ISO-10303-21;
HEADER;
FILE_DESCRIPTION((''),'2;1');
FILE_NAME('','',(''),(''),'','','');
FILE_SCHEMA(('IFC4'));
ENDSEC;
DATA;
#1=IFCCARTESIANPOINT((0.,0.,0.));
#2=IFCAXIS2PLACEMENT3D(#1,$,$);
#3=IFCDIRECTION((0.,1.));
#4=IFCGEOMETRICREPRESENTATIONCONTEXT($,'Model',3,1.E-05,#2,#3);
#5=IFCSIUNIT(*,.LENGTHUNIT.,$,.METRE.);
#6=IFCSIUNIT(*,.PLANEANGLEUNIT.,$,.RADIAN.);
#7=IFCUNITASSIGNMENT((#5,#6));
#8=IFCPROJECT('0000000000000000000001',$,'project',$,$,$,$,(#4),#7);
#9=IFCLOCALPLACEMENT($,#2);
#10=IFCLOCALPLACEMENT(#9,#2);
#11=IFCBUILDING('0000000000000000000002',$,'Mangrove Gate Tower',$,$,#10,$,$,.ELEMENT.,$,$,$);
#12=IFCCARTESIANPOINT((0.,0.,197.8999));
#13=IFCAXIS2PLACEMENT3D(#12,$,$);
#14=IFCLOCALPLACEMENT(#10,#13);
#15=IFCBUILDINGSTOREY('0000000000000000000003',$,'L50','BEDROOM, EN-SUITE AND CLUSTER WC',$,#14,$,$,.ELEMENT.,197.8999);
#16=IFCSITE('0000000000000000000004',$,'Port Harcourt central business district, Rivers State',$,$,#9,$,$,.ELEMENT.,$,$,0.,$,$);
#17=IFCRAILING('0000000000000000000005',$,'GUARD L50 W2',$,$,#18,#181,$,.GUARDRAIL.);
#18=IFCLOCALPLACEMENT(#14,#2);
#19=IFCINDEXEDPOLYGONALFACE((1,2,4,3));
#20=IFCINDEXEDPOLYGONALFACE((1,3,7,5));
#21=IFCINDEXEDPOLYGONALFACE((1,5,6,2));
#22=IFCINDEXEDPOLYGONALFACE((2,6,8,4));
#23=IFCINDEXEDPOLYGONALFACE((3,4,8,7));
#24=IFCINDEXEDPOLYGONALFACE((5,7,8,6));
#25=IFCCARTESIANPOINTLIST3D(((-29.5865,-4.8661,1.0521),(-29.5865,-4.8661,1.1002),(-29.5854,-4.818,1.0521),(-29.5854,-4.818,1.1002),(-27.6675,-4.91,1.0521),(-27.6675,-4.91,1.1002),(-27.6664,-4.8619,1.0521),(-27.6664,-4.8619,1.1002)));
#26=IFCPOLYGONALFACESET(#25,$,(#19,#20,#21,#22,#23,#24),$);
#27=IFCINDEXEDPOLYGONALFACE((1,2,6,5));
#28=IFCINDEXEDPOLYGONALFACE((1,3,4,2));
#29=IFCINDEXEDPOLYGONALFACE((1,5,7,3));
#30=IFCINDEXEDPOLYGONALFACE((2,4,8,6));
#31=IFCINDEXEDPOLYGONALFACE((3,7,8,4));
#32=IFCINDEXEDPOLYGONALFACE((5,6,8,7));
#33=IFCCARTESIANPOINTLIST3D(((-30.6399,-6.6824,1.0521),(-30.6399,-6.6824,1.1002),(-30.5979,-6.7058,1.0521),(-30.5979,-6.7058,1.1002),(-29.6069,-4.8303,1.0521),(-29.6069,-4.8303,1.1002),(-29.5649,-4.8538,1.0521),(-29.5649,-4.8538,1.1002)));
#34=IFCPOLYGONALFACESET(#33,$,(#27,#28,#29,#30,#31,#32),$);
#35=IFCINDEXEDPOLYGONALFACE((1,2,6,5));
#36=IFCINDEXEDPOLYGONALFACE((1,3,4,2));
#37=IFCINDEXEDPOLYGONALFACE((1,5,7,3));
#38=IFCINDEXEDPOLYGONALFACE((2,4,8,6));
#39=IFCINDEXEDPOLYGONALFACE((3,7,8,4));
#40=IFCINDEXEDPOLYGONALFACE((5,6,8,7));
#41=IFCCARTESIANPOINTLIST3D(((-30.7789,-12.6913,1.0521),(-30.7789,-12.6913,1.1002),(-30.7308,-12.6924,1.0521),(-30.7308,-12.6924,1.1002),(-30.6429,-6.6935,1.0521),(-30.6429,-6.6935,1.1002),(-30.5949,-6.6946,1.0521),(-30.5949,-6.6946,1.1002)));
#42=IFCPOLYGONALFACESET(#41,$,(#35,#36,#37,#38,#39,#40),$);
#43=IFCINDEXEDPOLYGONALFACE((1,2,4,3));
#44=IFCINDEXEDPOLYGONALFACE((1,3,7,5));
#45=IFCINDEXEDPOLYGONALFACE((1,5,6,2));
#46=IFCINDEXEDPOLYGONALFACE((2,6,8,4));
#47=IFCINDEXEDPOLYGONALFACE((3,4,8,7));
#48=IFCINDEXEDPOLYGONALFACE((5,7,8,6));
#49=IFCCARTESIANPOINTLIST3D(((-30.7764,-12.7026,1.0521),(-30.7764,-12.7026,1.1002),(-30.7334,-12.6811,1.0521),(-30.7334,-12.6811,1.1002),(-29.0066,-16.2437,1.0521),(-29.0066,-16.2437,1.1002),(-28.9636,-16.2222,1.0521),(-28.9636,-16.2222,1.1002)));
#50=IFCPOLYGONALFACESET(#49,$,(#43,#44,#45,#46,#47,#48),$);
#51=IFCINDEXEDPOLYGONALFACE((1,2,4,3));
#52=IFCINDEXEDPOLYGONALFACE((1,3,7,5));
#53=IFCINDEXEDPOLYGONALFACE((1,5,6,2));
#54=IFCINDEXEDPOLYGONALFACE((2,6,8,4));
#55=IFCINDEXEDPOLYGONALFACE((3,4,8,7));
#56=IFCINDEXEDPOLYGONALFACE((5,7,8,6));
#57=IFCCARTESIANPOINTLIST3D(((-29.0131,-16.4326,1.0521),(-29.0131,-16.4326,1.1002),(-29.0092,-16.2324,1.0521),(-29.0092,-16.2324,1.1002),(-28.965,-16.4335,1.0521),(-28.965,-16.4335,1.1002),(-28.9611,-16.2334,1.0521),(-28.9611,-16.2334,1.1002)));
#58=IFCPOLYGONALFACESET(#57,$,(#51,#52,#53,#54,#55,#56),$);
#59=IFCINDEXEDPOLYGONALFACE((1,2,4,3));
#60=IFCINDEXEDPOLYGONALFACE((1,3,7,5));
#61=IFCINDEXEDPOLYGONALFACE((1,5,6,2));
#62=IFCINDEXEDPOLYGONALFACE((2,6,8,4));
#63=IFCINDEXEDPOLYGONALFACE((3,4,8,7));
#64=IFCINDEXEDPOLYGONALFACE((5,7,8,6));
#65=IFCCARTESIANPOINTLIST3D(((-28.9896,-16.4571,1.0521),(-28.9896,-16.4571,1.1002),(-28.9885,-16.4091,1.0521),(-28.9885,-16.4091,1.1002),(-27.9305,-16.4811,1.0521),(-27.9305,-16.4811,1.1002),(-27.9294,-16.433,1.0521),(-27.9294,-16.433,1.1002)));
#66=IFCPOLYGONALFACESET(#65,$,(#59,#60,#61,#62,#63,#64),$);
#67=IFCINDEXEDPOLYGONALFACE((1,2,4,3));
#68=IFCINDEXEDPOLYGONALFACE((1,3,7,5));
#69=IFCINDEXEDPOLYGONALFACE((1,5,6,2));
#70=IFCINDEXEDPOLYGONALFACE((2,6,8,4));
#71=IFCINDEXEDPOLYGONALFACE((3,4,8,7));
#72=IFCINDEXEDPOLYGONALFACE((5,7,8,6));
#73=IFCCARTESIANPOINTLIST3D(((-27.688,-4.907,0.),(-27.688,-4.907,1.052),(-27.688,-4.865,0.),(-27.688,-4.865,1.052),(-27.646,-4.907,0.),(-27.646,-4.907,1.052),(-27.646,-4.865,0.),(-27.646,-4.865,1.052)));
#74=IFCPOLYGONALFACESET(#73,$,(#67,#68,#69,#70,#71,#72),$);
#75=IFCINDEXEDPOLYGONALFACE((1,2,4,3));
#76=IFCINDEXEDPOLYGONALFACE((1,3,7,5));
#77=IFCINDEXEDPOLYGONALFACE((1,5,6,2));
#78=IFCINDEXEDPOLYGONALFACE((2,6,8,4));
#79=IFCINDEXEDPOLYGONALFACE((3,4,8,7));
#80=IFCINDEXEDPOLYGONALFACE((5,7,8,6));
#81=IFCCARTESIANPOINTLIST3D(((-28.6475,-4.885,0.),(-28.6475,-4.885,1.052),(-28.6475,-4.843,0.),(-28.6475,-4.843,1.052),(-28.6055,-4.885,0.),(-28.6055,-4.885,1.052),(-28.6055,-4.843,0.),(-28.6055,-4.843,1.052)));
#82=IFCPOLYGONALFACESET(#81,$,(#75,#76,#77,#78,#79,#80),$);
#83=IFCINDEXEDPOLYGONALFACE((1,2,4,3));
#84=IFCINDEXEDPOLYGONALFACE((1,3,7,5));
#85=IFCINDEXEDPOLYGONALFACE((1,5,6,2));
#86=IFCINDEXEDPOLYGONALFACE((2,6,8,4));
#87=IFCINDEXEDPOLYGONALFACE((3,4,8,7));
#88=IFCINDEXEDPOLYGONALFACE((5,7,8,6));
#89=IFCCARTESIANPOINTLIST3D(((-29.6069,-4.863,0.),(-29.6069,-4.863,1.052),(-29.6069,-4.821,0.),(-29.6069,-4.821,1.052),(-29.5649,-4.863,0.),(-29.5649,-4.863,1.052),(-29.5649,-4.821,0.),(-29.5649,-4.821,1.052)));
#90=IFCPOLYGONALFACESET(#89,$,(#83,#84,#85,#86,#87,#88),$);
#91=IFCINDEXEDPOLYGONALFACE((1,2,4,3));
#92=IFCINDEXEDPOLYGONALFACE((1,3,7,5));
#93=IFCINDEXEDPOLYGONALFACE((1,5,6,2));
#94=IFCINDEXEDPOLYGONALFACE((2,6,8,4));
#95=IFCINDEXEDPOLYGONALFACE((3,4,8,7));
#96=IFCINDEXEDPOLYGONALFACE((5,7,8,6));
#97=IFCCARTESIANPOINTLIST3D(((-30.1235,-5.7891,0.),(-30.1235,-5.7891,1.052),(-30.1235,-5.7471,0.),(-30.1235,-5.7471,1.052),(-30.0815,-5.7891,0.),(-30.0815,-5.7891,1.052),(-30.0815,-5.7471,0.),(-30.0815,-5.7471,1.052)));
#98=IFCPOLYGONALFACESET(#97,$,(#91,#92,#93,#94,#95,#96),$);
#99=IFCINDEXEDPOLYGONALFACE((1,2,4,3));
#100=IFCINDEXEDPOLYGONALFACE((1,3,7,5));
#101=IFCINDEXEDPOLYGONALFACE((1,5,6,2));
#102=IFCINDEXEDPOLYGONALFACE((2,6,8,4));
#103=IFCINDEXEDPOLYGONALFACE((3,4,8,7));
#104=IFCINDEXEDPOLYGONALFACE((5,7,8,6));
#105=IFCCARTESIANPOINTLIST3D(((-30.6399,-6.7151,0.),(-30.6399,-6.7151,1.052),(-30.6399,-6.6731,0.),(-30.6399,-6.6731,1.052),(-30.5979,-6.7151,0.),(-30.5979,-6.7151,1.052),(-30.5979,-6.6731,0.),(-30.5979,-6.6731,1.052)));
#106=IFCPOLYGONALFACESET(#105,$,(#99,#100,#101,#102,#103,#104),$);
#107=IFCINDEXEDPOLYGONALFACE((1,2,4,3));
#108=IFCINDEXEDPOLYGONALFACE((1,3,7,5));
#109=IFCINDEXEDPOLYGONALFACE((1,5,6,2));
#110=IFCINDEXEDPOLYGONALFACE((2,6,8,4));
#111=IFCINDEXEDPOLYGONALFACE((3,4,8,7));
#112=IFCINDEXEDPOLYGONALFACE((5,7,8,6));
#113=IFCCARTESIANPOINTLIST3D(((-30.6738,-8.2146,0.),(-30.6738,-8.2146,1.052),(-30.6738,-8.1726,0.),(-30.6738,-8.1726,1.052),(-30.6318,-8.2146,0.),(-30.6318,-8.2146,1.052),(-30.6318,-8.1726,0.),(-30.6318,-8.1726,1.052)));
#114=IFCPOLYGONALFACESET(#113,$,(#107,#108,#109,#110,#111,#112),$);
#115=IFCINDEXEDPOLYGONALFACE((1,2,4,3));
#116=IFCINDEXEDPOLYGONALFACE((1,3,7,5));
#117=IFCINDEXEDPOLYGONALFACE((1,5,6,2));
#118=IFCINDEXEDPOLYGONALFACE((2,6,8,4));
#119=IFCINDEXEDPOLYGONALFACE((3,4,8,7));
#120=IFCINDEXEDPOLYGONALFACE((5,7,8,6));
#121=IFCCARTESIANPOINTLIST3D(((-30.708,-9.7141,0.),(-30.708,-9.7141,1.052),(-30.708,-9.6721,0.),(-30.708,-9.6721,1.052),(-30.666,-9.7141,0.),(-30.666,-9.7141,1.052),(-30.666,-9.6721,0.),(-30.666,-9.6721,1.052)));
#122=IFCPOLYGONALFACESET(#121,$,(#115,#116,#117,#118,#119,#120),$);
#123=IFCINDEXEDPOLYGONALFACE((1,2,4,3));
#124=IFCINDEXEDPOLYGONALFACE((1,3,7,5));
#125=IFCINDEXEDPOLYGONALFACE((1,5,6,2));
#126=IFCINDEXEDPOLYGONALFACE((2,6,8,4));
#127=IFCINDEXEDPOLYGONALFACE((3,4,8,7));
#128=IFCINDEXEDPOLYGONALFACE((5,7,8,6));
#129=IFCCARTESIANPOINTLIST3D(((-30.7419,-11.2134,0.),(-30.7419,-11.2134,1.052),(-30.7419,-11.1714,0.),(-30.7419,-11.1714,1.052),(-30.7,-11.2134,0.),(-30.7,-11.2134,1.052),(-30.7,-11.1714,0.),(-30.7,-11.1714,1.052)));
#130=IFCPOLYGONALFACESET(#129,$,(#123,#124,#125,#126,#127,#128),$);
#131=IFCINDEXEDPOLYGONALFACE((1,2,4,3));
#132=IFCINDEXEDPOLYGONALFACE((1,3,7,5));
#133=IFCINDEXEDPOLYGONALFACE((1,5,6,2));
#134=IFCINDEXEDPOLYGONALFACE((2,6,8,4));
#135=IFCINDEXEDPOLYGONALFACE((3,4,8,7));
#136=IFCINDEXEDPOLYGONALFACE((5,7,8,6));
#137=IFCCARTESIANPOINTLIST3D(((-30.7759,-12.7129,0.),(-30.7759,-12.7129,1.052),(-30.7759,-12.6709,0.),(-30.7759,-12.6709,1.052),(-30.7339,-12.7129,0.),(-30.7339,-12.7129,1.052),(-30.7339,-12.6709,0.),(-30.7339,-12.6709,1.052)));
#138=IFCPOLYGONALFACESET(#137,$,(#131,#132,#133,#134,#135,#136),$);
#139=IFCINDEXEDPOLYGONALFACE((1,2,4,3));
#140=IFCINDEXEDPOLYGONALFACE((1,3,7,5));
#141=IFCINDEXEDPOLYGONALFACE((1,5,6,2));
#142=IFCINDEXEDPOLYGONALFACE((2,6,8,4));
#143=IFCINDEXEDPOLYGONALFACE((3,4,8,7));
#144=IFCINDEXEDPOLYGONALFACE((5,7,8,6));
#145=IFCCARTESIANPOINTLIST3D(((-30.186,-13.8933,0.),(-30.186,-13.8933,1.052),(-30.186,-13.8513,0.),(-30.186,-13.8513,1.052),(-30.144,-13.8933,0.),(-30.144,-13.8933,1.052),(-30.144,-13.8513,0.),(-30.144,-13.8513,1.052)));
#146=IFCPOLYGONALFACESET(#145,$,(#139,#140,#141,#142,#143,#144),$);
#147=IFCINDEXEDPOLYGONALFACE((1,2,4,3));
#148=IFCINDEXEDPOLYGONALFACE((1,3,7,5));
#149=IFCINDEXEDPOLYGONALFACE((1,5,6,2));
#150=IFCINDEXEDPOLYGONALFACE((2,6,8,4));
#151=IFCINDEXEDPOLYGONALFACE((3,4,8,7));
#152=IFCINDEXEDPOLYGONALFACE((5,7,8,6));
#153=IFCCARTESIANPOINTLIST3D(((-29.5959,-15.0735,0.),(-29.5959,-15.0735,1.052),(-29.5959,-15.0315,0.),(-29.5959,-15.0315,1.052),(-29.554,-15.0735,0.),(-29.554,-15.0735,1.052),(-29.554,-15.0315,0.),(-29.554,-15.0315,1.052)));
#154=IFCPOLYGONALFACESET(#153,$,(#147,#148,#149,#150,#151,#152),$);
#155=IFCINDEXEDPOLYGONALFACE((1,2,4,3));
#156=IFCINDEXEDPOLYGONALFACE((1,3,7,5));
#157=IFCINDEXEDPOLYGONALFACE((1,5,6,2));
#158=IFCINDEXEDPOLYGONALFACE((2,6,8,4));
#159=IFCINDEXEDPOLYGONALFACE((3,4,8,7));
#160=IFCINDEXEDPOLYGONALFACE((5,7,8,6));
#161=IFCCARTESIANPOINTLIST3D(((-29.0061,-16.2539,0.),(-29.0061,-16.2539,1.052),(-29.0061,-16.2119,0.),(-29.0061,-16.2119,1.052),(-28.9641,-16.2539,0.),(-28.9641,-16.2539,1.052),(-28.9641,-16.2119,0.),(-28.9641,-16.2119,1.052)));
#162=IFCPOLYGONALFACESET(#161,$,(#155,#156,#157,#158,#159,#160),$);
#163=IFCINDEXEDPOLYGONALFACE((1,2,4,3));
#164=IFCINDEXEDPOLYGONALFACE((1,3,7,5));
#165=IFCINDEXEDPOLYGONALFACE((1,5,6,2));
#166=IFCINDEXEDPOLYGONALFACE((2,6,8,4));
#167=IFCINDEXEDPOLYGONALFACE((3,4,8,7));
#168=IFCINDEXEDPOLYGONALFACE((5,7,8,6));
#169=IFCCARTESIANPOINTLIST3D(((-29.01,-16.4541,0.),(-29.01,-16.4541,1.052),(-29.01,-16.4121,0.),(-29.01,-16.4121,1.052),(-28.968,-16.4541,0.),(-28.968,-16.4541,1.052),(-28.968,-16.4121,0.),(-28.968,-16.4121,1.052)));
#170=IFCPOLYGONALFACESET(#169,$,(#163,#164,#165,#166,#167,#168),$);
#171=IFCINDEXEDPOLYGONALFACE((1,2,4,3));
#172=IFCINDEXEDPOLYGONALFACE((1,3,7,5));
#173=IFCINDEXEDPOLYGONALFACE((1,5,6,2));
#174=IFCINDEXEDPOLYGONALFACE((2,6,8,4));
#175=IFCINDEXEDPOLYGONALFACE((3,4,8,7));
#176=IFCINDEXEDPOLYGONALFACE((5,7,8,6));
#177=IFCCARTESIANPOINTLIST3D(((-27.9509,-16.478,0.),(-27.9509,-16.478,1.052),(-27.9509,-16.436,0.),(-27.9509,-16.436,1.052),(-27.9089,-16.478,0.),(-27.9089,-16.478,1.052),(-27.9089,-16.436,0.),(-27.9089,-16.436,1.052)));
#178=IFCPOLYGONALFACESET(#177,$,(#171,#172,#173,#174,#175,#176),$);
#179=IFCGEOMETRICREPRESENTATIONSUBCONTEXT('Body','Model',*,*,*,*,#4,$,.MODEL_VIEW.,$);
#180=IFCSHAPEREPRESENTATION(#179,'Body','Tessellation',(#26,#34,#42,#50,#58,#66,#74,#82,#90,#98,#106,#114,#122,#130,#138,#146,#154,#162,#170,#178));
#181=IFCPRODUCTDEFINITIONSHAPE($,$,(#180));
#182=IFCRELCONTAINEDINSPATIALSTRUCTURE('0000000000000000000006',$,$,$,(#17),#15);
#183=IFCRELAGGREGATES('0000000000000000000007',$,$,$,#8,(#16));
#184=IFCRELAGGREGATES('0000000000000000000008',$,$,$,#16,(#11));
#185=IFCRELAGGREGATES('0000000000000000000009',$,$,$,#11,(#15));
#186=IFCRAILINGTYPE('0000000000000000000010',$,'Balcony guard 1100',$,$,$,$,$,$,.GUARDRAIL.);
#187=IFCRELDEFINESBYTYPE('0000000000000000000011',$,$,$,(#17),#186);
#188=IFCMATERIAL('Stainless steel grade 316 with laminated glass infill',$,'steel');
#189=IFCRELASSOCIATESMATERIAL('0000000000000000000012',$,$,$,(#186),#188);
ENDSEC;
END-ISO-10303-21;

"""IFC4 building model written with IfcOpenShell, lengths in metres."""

from ifc_helpers import new_model, si_unit, direction, frame, origin, origin_2d, place, context, subcontext, project, spatial, rectangle, extrude, material, type_object, element, save


model = new_model("IFC4")

# Units and contexts
model_context = context("Model", 3, precision=1e-05, world=origin(), true_north=direction((0.0, 1.0)))
body_context = subcontext(model_context, "Body", "Model", "MODEL_VIEW")
ifc_project = project(units=[si_unit("LENGTHUNIT", "METRE"), si_unit("PLANEANGLEUNIT", "RADIAN")], contexts=[model_context])

# Site, building, storey
site_placement = place(None, origin())
site = spatial("IfcSite", under=ifc_project, at=site_placement, Name="Port Harcourt central business district, Rivers State", CompositionType="ELEMENT", RefElevation=0.0)
building_placement = place(site_placement, origin())
building = spatial("IfcBuilding", under=site, at=building_placement, Name="Mangrove Gate Tower", CompositionType="ELEMENT")
storey_placement = place(building_placement, frame((0.0, 0.0, 197.8999)))
storey = spatial("IfcBuildingStorey", under=building, at=storey_placement, Name="L50", Description="BEDROOM, EN-SUITE AND CLUSTER WC", CompositionType="ELEMENT", Elevation=197.8999)

# Railing
ifc_material_1 = material(Name="Stainless steel grade 316 with laminated glass infill", Category="steel")
railing_type = type_object("IfcRailingType", Name="Balcony guard 1100", PredefinedType="GUARDRAIL", material=ifc_material_1)
railing_placement = place(storey_placement, frame((-27.667, -4.886, 0.0)))
element("IfcRailing", 1, at=railing_placement, inside=storey, type_object=railing_type, Name="GUARD L50 W2", PredefinedType="GUARDRAIL", context=body_context, shape_type="SweptSolid", body=[
    extrude(rectangle(XDim=0.0481, YDim=0.0481, at=origin_2d()), frame((0.0, 0.0, 1.0762), z_axis=(-0.999738, 0.022895, 0.0), x_axis=(-0.022895, -0.999738, 0.0)), (0.0, 0.0, 1.0), 1.9194),
    extrude(rectangle(XDim=0.0481, YDim=0.0481, at=origin_2d()), frame((-1.9189, 0.0439, 1.0762), z_axis=(-0.487099, -0.873347, 0.0), x_axis=(0.873347, -0.487099, 0.0)), (0.0, 0.0, 1.0), 2.1206),
    extrude(rectangle(XDim=0.0481, YDim=0.0481, at=origin_2d()), frame((-2.9519, -1.8081, 1.0762), z_axis=(-0.022667, -0.999743, 0.0), x_axis=(0.999743, -0.022667, 0.0)), (0.0, 0.0, 1.0), 5.9993),
    extrude(rectangle(XDim=0.0481, YDim=0.0481, at=origin_2d()), frame((-3.0879, -7.8059, 1.0762), z_axis=(0.447066, -0.894501, 0.0), x_axis=(0.894501, 0.447066, 0.0)), (0.0, 0.0, 1.0), 3.9587),
    extrude(rectangle(XDim=0.0481, YDim=0.0481, at=origin_2d()), frame((-1.3181, -11.3469, 1.0762), z_axis=(-0.019508, -0.99981, 0.0), x_axis=(0.99981, -0.019508, 0.0)), (0.0, 0.0, 1.0), 0.2002),
    extrude(rectangle(XDim=0.0481, YDim=0.0481, at=origin_2d()), frame((-1.322, -11.5471, 1.0762), z_axis=(0.999745, -0.022585, 0.0), x_axis=(0.022585, 0.999745, 0.0)), (0.0, 0.0, 1.0), 1.0593),
    extrude(rectangle(XDim=0.042, YDim=0.042, at=origin_2d()), origin(), (0.0, 0.0, 1.0), 1.052),
    extrude(rectangle(XDim=0.042, YDim=0.042, at=origin_2d()), frame((-0.9595, 0.022, 0.0)), (0.0, 0.0, 1.0), 1.052),
    extrude(rectangle(XDim=0.042, YDim=0.042, at=origin_2d()), frame((-1.9189, 0.0439, 0.0)), (0.0, 0.0, 1.0), 1.052),
    extrude(rectangle(XDim=0.042, YDim=0.042, at=origin_2d()), frame((-2.4355, -0.8821, 0.0)), (0.0, 0.0, 1.0), 1.052),
    extrude(rectangle(XDim=0.042, YDim=0.042, at=origin_2d()), frame((-2.9519, -1.8081, 0.0)), (0.0, 0.0, 1.0), 1.052),
    extrude(rectangle(XDim=0.042, YDim=0.042, at=origin_2d()), frame((-2.9858, -3.3076, 0.0)), (0.0, 0.0, 1.0), 1.052),
    extrude(rectangle(XDim=0.042, YDim=0.042, at=origin_2d()), frame((-3.02, -4.8071, 0.0)), (0.0, 0.0, 1.0), 1.052),
    extrude(rectangle(XDim=0.042, YDim=0.042, at=origin_2d()), frame((-3.054, -6.3064, 0.0)), (0.0, 0.0, 1.0), 1.052),
    extrude(rectangle(XDim=0.042, YDim=0.042, at=origin_2d()), frame((-3.0879, -7.8059, 0.0)), (0.0, 0.0, 1.0), 1.052),
    extrude(rectangle(XDim=0.042, YDim=0.042, at=origin_2d()), frame((-2.498, -8.9863, 0.0)), (0.0, 0.0, 1.0), 1.052),
    extrude(rectangle(XDim=0.042, YDim=0.042, at=origin_2d()), frame((-1.908, -10.1665, 0.0)), (0.0, 0.0, 1.0), 1.052),
    extrude(rectangle(XDim=0.042, YDim=0.042, at=origin_2d()), frame((-1.3181, -11.3469, 0.0)), (0.0, 0.0, 1.0), 1.052),
    extrude(rectangle(XDim=0.042, YDim=0.042, at=origin_2d()), frame((-1.322, -11.5471, 0.0)), (0.0, 0.0, 1.0), 1.052),
    extrude(rectangle(XDim=0.042, YDim=0.042, at=origin_2d()), frame((-0.2629, -11.571, 0.0)), (0.0, 0.0, 1.0), 1.052),
])

save(model, "model.ifc")
